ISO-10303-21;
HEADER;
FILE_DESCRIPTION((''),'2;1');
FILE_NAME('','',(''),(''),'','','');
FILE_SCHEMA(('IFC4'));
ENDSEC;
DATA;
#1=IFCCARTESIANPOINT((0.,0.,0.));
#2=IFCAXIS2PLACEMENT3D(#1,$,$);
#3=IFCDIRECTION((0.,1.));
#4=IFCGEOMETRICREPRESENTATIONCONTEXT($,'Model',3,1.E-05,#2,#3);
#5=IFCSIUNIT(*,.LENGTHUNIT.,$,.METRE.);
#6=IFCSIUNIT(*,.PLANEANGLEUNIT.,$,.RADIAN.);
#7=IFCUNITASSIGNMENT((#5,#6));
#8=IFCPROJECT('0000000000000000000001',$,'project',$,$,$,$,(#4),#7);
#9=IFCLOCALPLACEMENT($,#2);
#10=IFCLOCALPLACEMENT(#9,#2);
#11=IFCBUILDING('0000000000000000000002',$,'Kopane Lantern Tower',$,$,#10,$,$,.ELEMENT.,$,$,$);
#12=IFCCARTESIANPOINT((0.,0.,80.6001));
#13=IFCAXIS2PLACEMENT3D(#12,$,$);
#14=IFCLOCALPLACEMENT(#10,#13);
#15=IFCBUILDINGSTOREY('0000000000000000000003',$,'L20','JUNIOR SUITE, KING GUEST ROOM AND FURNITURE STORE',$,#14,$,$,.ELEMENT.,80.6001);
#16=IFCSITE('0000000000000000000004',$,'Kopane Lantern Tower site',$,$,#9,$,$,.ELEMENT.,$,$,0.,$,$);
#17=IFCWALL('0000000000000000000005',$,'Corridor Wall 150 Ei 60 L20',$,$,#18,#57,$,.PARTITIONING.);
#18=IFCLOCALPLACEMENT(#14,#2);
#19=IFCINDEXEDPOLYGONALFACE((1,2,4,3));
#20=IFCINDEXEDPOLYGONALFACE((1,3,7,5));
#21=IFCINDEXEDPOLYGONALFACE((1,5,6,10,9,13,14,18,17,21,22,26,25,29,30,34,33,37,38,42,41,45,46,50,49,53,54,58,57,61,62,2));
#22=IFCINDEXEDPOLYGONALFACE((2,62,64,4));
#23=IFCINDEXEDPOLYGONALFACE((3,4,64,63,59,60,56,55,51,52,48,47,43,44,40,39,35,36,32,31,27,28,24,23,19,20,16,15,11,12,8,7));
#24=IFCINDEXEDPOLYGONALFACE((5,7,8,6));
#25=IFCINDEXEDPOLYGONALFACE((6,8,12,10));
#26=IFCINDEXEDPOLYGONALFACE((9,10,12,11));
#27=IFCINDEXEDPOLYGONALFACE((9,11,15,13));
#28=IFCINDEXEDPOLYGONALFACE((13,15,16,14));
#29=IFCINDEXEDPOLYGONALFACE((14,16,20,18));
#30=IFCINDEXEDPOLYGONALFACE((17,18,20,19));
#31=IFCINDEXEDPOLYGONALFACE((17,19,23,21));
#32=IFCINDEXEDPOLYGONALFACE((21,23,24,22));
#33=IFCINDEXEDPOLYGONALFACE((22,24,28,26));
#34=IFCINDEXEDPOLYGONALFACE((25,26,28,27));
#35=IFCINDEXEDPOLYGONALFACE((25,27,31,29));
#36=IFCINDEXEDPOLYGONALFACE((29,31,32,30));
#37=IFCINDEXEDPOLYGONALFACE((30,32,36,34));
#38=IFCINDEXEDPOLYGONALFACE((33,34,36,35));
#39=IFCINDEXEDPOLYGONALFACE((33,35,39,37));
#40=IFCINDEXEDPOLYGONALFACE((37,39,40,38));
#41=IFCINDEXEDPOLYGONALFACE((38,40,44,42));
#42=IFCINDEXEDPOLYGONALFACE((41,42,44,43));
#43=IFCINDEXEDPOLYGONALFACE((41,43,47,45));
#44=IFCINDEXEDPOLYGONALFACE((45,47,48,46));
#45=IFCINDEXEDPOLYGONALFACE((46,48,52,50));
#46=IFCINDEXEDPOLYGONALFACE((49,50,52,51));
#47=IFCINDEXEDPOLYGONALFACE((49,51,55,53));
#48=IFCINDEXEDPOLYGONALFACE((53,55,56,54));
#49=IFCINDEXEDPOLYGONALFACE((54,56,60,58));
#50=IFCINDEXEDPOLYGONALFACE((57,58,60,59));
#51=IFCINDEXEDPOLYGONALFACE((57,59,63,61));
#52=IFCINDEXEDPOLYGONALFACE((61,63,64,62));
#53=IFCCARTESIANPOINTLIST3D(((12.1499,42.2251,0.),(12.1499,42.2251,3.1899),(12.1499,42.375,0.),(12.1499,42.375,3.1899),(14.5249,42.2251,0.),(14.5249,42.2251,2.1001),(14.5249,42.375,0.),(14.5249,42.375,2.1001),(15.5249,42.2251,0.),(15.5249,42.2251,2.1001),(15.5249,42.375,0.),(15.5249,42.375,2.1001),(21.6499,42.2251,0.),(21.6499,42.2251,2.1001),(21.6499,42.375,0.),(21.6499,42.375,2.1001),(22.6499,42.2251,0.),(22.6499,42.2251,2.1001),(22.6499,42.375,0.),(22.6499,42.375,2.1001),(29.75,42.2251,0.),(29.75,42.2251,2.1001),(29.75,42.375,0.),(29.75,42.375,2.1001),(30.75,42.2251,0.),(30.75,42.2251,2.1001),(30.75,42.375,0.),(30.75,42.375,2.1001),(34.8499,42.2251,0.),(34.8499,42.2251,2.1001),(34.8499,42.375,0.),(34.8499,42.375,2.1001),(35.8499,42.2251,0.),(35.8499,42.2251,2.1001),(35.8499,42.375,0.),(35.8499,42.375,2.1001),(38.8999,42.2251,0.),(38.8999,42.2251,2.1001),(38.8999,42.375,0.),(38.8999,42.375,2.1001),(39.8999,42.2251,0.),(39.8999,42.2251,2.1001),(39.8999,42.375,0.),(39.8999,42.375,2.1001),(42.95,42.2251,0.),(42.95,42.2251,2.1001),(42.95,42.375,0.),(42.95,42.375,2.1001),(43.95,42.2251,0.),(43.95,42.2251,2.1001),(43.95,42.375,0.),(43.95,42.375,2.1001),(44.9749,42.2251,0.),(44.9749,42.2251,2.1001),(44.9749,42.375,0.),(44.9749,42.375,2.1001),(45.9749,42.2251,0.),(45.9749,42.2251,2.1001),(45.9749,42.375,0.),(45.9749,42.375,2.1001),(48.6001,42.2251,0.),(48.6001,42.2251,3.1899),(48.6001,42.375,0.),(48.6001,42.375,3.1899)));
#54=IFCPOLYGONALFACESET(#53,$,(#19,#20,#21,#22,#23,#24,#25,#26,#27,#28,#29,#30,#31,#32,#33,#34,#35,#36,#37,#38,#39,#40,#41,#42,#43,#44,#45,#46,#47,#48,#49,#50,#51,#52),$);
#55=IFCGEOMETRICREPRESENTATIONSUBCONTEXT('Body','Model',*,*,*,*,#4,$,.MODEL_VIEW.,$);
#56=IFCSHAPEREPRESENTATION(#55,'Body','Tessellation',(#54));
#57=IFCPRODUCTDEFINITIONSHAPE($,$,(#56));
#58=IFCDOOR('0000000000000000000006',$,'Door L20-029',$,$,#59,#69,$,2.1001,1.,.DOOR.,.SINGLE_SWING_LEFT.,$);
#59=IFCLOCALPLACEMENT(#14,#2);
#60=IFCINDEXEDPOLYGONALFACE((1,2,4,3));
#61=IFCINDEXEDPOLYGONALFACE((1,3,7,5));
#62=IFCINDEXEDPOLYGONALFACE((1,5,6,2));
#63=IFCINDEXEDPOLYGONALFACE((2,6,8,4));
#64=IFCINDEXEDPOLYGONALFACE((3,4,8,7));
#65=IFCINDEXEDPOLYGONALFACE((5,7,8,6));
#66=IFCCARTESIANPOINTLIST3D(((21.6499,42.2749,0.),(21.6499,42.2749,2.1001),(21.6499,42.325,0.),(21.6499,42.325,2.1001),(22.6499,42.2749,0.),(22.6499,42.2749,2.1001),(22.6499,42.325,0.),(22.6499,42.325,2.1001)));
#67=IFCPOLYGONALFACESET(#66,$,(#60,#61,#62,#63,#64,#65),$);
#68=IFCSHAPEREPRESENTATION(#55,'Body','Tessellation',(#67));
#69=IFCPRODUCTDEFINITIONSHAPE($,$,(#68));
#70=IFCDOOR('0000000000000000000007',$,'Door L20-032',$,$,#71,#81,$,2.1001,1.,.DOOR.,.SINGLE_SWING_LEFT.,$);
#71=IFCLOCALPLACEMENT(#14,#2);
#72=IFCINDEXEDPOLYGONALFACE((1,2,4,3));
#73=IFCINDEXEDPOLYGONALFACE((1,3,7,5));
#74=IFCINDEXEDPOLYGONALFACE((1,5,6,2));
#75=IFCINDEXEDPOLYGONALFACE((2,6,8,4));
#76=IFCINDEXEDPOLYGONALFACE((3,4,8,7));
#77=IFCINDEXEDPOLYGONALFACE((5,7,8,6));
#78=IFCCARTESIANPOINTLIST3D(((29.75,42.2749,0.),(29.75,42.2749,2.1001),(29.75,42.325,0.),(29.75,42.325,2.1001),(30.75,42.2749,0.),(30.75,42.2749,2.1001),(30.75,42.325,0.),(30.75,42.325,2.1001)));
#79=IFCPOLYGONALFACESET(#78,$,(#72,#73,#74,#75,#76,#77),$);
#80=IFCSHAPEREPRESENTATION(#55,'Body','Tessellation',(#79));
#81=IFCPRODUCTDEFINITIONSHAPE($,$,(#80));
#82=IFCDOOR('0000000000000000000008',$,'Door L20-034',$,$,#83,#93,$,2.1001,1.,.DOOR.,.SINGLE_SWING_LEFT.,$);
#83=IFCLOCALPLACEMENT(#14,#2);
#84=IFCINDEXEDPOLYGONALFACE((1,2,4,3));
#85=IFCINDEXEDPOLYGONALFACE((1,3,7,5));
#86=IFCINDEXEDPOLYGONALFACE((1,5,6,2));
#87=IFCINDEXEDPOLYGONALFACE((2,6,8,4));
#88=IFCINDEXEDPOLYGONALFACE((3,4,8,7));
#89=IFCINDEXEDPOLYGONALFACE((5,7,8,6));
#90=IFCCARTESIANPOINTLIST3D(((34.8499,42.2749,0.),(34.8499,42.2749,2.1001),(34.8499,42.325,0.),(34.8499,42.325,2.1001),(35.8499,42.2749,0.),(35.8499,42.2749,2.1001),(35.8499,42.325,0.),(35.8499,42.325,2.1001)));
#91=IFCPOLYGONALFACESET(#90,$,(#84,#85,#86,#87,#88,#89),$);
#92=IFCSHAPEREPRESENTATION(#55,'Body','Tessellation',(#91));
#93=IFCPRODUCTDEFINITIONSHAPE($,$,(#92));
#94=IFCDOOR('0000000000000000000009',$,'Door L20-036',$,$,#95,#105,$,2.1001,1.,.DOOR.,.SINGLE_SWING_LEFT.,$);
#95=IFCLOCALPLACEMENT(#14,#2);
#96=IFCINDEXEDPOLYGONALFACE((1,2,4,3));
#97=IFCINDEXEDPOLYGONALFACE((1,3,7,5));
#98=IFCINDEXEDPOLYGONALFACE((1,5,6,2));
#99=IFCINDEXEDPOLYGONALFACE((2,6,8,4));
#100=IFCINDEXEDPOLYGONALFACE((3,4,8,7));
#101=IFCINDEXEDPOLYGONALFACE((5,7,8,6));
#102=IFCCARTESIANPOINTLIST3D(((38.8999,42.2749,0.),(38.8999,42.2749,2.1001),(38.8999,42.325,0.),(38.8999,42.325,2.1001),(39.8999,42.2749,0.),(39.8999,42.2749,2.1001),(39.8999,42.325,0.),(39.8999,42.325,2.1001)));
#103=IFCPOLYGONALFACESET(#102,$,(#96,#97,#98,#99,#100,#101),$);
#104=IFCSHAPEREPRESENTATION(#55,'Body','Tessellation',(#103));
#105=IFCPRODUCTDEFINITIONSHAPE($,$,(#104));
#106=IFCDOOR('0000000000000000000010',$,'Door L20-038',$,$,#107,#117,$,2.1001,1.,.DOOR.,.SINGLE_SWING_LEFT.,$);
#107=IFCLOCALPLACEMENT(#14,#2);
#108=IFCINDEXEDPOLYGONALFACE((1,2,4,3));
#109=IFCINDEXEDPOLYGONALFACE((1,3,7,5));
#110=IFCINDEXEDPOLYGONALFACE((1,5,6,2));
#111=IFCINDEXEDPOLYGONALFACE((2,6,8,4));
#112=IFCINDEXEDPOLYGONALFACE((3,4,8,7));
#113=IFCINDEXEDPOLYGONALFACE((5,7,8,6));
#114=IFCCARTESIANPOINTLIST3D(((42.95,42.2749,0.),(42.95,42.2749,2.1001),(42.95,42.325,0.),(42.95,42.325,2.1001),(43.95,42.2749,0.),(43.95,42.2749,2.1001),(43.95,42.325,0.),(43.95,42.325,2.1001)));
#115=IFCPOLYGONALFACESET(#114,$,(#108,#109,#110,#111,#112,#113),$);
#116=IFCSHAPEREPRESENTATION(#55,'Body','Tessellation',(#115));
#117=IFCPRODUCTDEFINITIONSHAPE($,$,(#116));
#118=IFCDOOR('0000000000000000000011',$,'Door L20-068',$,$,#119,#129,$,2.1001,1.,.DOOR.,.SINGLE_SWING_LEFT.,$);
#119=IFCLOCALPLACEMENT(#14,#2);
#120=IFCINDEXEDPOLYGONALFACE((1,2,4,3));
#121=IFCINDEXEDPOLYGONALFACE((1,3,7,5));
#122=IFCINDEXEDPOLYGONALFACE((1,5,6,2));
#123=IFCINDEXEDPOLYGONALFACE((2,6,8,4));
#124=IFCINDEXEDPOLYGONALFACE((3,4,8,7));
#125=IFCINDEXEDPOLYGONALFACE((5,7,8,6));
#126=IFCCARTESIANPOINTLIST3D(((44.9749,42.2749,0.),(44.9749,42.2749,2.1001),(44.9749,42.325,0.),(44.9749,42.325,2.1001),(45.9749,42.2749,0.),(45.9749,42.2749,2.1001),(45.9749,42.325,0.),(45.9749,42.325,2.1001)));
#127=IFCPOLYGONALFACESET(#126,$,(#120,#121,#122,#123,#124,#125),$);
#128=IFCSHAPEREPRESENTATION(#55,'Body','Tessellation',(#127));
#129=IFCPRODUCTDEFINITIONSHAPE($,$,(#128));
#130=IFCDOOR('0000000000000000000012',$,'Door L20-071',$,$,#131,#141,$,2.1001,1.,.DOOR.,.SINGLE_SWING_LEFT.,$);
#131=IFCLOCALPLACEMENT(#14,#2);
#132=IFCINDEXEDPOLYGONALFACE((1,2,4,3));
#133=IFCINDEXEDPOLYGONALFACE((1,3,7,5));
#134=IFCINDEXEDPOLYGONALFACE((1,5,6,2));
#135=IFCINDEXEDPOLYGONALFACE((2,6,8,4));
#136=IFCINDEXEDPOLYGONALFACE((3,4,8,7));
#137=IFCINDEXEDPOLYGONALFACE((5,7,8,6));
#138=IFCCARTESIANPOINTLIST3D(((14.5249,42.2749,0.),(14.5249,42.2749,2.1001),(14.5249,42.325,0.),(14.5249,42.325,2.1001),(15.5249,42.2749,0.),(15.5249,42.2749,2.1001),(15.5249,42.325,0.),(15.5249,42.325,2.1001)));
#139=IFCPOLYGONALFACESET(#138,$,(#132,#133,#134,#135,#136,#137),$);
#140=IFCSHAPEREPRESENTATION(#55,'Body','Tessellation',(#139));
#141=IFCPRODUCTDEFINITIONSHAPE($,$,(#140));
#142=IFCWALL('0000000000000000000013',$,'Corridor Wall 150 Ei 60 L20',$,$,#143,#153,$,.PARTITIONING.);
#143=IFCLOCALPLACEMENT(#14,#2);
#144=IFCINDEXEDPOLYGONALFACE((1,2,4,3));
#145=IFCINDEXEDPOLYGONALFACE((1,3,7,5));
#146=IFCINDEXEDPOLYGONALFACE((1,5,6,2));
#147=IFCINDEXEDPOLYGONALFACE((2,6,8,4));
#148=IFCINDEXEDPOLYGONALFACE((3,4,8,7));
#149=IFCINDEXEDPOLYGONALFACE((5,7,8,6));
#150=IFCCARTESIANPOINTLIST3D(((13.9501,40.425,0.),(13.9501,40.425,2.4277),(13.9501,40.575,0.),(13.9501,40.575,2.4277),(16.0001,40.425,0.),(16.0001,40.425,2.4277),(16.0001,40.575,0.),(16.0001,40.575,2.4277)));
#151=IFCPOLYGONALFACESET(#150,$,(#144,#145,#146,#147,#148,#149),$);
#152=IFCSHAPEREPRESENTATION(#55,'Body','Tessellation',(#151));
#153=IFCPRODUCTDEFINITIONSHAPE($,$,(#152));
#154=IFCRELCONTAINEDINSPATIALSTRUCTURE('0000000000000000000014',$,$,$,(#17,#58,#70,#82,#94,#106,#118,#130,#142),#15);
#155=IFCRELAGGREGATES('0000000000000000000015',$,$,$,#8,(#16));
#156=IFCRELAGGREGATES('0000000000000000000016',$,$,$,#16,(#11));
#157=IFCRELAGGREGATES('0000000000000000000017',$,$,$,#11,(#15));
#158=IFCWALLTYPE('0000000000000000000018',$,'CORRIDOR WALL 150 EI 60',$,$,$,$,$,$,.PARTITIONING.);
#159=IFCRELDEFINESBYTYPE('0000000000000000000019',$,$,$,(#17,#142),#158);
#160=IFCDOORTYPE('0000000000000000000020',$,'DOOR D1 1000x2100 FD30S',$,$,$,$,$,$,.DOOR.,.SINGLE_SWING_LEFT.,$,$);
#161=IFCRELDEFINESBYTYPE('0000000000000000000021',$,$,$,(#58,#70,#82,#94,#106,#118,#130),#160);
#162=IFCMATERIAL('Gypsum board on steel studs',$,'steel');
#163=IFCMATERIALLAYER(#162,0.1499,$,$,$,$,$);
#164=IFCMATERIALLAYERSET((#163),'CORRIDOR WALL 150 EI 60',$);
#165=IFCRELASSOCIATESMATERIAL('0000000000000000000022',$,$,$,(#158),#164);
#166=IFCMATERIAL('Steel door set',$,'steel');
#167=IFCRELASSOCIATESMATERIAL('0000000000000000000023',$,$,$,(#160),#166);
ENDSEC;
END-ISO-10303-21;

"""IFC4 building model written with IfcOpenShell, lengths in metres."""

from ifc_helpers import new_model, si_unit, direction, frame, frame_2d, origin, place, context, subcontext, project, spatial, rectangle, extrude, material, layer, layer_set, type_object, element, fill, save


model = new_model("IFC4")

# Units and contexts
model_context = context("Model", 3, precision=1e-05, world=origin(), true_north=direction((0.0, 1.0)))
body_context = subcontext(model_context, "Body", "Model", "MODEL_VIEW")
ifc_project = project(units=[si_unit("LENGTHUNIT", "METRE"), si_unit("PLANEANGLEUNIT", "RADIAN")], contexts=[model_context])

# Site, building, storey
site_placement = place(None, origin())
site = spatial("IfcSite", under=ifc_project, at=site_placement, Name="Kopane Lantern Tower site", CompositionType="ELEMENT", RefElevation=0.0)
building_placement = place(site_placement, origin())
building = spatial("IfcBuilding", under=site, at=building_placement, Name="Kopane Lantern Tower", CompositionType="ELEMENT")
storey_placement = place(building_placement, frame((0.0, 0.0, 80.6001)))
storey = spatial("IfcBuildingStorey", under=building, at=storey_placement, Name="L20", Description="JUNIOR SUITE, KING GUEST ROOM AND FURNITURE STORE", CompositionType="ELEMENT", Elevation=80.6001)

# Wall, openings, doors
ifc_material_1 = material(Name="Gypsum board on steel studs", Category="steel")
ifc_layer_1 = layer(ifc_material_1, 0.1499)
ifc_layer_set_1 = layer_set([ifc_layer_1], Name="CORRIDOR WALL 150 EI 60")
wall_type_1 = type_object("IfcWallType", Name="CORRIDOR WALL 150 EI 60", PredefinedType="PARTITIONING", material=ifc_layer_set_1)
wall_1_placement = place(storey_placement, frame((12.1499, 42.3, 0.0), z_axis=(0.0, 0.0, 1.0), x_axis=(1.0, 0.0, 0.0)))
wall_1 = element("IfcWall", 1, at=wall_1_placement, inside=storey, type_object=wall_type_1, Name="Corridor Wall 150 Ei 60 L20", PredefinedType="PARTITIONING", context=body_context, shape_type="SweptSolid", body=[
    extrude(rectangle(XDim=36.4502, YDim=0.1499, at=frame_2d((18.2251, 0.0))), origin(), (0.0, 0.0, 1.0), 3.1899),
])
opening_1_placement = place(wall_1_placement, frame((9.5, 0.0, 0.0)))
opening_1 = element("IfcOpeningElement", 2, at=opening_1_placement, cuts=wall_1, PredefinedType="OPENING", context=body_context, shape_type="SweptSolid", body=[
    extrude(rectangle(XDim=1.0, YDim=2.1001, at=frame_2d((0.5, 1.05))), frame((0.0, 0.085, 0.0), z_axis=(0.0, -1.0, 0.0), x_axis=(1.0, 0.0, 0.0)), (0.0, 0.0, 1.0), 0.1699),
])
opening_2_placement = place(wall_1_placement, frame((17.6001, 0.0, 0.0)))
opening_2 = element("IfcOpeningElement", 3, at=opening_2_placement, cuts=wall_1, PredefinedType="OPENING", context=body_context, shape_type="SweptSolid", body=[
    extrude(rectangle(XDim=1.0, YDim=2.1001, at=frame_2d((0.5, 1.05))), frame((0.0, 0.085, 0.0), z_axis=(0.0, -1.0, 0.0), x_axis=(1.0, 0.0, 0.0)), (0.0, 0.0, 1.0), 0.1699),
])
opening_3_placement = place(wall_1_placement, frame((22.7, 0.0, 0.0)))
opening_3 = element("IfcOpeningElement", 4, at=opening_3_placement, cuts=wall_1, PredefinedType="OPENING", context=body_context, shape_type="SweptSolid", body=[
    extrude(rectangle(XDim=1.0, YDim=2.1001, at=frame_2d((0.5, 1.05))), frame((0.0, 0.085, 0.0), z_axis=(0.0, -1.0, 0.0), x_axis=(1.0, 0.0, 0.0)), (0.0, 0.0, 1.0), 0.1699),
])
opening_4_placement = place(wall_1_placement, frame((26.75, 0.0, 0.0)))
opening_4 = element("IfcOpeningElement", 5, at=opening_4_placement, cuts=wall_1, PredefinedType="OPENING", context=body_context, shape_type="SweptSolid", body=[
    extrude(rectangle(XDim=1.0, YDim=2.1001, at=frame_2d((0.5, 1.05))), frame((0.0, 0.085, 0.0), z_axis=(0.0, -1.0, 0.0), x_axis=(1.0, 0.0, 0.0)), (0.0, 0.0, 1.0), 0.1699),
])
opening_5_placement = place(wall_1_placement, frame((30.8, 0.0, 0.0)))
opening_5 = element("IfcOpeningElement", 6, at=opening_5_placement, cuts=wall_1, PredefinedType="OPENING", context=body_context, shape_type="SweptSolid", body=[
    extrude(rectangle(XDim=1.0, YDim=2.1001, at=frame_2d((0.5, 1.05))), frame((0.0, 0.085, 0.0), z_axis=(0.0, -1.0, 0.0), x_axis=(1.0, 0.0, 0.0)), (0.0, 0.0, 1.0), 0.1699),
])
opening_6_placement = place(wall_1_placement, frame((32.825, 0.0, 0.0)))
opening_6 = element("IfcOpeningElement", 7, at=opening_6_placement, cuts=wall_1, PredefinedType="OPENING", context=body_context, shape_type="SweptSolid", body=[
    extrude(rectangle(XDim=1.0, YDim=2.1001, at=frame_2d((0.5, 1.05))), frame((0.0, 0.085, 0.0), z_axis=(0.0, -1.0, 0.0), x_axis=(1.0, 0.0, 0.0)), (0.0, 0.0, 1.0), 0.1699),
])
opening_7_placement = place(wall_1_placement, frame((2.375, 0.0, 0.0)))
opening_7 = element("IfcOpeningElement", 8, at=opening_7_placement, cuts=wall_1, PredefinedType="OPENING", context=body_context, shape_type="SweptSolid", body=[
    extrude(rectangle(XDim=1.0, YDim=2.1001, at=frame_2d((0.5, 1.05))), frame((0.0, 0.085, 0.0), z_axis=(0.0, -1.0, 0.0), x_axis=(1.0, 0.0, 0.0)), (0.0, 0.0, 1.0), 0.1699),
])
ifc_material_2 = material(Name="Steel door set", Category="steel")
door_type_1 = type_object("IfcDoorType", Name="DOOR D1 1000x2100 FD30S", OperationType="SINGLE_SWING_LEFT", PredefinedType="DOOR", material=ifc_material_2)
door_1_placement = place(opening_1_placement, origin())
door_1 = element("IfcDoor", 9, at=door_1_placement, inside=storey, type_object=door_type_1, Name="Door L20-029", OperationType="SINGLE_SWING_LEFT", OverallHeight=2.1001, OverallWidth=1.0, PredefinedType="DOOR", context=body_context, shape_type="SweptSolid", body=[
    extrude(rectangle(XDim=1.0, YDim=2.1001, at=frame_2d((0.5, 1.05))), frame((0.0, 0.0249, 0.0), z_axis=(0.0, -1.0, 0.0), x_axis=(1.0, 0.0, 0.0)), (0.0, 0.0, 1.0), 0.05),
])
fill(opening_1, door_1)
door_2_placement = place(opening_2_placement, origin())
door_2 = element("IfcDoor", 10, at=door_2_placement, inside=storey, type_object=door_type_1, Name="Door L20-032", OperationType="SINGLE_SWING_LEFT", OverallHeight=2.1001, OverallWidth=1.0, PredefinedType="DOOR", context=body_context, shape_type="SweptSolid", body=[
    extrude(rectangle(XDim=1.0, YDim=2.1001, at=frame_2d((0.5, 1.05))), frame((0.0, 0.0249, 0.0), z_axis=(0.0, -1.0, 0.0), x_axis=(1.0, 0.0, 0.0)), (0.0, 0.0, 1.0), 0.05),
])
fill(opening_2, door_2)
door_3_placement = place(opening_3_placement, origin())
door_3 = element("IfcDoor", 11, at=door_3_placement, inside=storey, type_object=door_type_1, Name="Door L20-034", OperationType="SINGLE_SWING_LEFT", OverallHeight=2.1001, OverallWidth=1.0, PredefinedType="DOOR", context=body_context, shape_type="SweptSolid", body=[
    extrude(rectangle(XDim=1.0, YDim=2.1001, at=frame_2d((0.5, 1.05))), frame((0.0, 0.0249, 0.0), z_axis=(0.0, -1.0, 0.0), x_axis=(1.0, 0.0, 0.0)), (0.0, 0.0, 1.0), 0.05),
])
fill(opening_3, door_3)
door_4_placement = place(opening_4_placement, origin())
door_4 = element("IfcDoor", 12, at=door_4_placement, inside=storey, type_object=door_type_1, Name="Door L20-036", OperationType="SINGLE_SWING_LEFT", OverallHeight=2.1001, OverallWidth=1.0, PredefinedType="DOOR", context=body_context, shape_type="SweptSolid", body=[
    extrude(rectangle(XDim=1.0, YDim=2.1001, at=frame_2d((0.5, 1.05))), frame((0.0, 0.0249, 0.0), z_axis=(0.0, -1.0, 0.0), x_axis=(1.0, 0.0, 0.0)), (0.0, 0.0, 1.0), 0.05),
])
fill(opening_4, door_4)
door_5_placement = place(opening_5_placement, origin())
door_5 = element("IfcDoor", 13, at=door_5_placement, inside=storey, type_object=door_type_1, Name="Door L20-038", OperationType="SINGLE_SWING_LEFT", OverallHeight=2.1001, OverallWidth=1.0, PredefinedType="DOOR", context=body_context, shape_type="SweptSolid", body=[
    extrude(rectangle(XDim=1.0, YDim=2.1001, at=frame_2d((0.5, 1.05))), frame((0.0, 0.0249, 0.0), z_axis=(0.0, -1.0, 0.0), x_axis=(1.0, 0.0, 0.0)), (0.0, 0.0, 1.0), 0.05),
])
fill(opening_5, door_5)
door_6_placement = place(opening_6_placement, origin())
door_6 = element("IfcDoor", 14, at=door_6_placement, inside=storey, type_object=door_type_1, Name="Door L20-068", OperationType="SINGLE_SWING_LEFT", OverallHeight=2.1001, OverallWidth=1.0, PredefinedType="DOOR", context=body_context, shape_type="SweptSolid", body=[
    extrude(rectangle(XDim=1.0, YDim=2.1001, at=frame_2d((0.5, 1.05))), frame((0.0, 0.0249, 0.0), z_axis=(0.0, -1.0, 0.0), x_axis=(1.0, 0.0, 0.0)), (0.0, 0.0, 1.0), 0.05),
])
fill(opening_6, door_6)
door_7_placement = place(opening_7_placement, origin())
door_7 = element("IfcDoor", 15, at=door_7_placement, inside=storey, type_object=door_type_1, Name="Door L20-071", OperationType="SINGLE_SWING_LEFT", OverallHeight=2.1001, OverallWidth=1.0, PredefinedType="DOOR", context=body_context, shape_type="SweptSolid", body=[
    extrude(rectangle(XDim=1.0, YDim=2.1001, at=frame_2d((0.5, 1.05))), frame((0.0, 0.0249, 0.0), z_axis=(0.0, -1.0, 0.0), x_axis=(1.0, 0.0, 0.0)), (0.0, 0.0, 1.0), 0.05),
])
fill(opening_7, door_7)

# Wall
wall_2_placement = place(storey_placement, frame((16.0, 40.5, 0.0), z_axis=(0.0, 0.0, 1.0), x_axis=(-1.0, 0.0, 0.0)))
element("IfcWall", 16, at=wall_2_placement, inside=storey, type_object=wall_type_1, Name="Corridor Wall 150 Ei 60 L20", PredefinedType="PARTITIONING", context=body_context, shape_type="SweptSolid", body=[
    extrude(rectangle(XDim=2.05, YDim=0.1499, at=frame_2d((1.0249, 0.0))), origin(), (0.0, 0.0, 1.0), 2.4277),
])

save(model, "model.ifc")
